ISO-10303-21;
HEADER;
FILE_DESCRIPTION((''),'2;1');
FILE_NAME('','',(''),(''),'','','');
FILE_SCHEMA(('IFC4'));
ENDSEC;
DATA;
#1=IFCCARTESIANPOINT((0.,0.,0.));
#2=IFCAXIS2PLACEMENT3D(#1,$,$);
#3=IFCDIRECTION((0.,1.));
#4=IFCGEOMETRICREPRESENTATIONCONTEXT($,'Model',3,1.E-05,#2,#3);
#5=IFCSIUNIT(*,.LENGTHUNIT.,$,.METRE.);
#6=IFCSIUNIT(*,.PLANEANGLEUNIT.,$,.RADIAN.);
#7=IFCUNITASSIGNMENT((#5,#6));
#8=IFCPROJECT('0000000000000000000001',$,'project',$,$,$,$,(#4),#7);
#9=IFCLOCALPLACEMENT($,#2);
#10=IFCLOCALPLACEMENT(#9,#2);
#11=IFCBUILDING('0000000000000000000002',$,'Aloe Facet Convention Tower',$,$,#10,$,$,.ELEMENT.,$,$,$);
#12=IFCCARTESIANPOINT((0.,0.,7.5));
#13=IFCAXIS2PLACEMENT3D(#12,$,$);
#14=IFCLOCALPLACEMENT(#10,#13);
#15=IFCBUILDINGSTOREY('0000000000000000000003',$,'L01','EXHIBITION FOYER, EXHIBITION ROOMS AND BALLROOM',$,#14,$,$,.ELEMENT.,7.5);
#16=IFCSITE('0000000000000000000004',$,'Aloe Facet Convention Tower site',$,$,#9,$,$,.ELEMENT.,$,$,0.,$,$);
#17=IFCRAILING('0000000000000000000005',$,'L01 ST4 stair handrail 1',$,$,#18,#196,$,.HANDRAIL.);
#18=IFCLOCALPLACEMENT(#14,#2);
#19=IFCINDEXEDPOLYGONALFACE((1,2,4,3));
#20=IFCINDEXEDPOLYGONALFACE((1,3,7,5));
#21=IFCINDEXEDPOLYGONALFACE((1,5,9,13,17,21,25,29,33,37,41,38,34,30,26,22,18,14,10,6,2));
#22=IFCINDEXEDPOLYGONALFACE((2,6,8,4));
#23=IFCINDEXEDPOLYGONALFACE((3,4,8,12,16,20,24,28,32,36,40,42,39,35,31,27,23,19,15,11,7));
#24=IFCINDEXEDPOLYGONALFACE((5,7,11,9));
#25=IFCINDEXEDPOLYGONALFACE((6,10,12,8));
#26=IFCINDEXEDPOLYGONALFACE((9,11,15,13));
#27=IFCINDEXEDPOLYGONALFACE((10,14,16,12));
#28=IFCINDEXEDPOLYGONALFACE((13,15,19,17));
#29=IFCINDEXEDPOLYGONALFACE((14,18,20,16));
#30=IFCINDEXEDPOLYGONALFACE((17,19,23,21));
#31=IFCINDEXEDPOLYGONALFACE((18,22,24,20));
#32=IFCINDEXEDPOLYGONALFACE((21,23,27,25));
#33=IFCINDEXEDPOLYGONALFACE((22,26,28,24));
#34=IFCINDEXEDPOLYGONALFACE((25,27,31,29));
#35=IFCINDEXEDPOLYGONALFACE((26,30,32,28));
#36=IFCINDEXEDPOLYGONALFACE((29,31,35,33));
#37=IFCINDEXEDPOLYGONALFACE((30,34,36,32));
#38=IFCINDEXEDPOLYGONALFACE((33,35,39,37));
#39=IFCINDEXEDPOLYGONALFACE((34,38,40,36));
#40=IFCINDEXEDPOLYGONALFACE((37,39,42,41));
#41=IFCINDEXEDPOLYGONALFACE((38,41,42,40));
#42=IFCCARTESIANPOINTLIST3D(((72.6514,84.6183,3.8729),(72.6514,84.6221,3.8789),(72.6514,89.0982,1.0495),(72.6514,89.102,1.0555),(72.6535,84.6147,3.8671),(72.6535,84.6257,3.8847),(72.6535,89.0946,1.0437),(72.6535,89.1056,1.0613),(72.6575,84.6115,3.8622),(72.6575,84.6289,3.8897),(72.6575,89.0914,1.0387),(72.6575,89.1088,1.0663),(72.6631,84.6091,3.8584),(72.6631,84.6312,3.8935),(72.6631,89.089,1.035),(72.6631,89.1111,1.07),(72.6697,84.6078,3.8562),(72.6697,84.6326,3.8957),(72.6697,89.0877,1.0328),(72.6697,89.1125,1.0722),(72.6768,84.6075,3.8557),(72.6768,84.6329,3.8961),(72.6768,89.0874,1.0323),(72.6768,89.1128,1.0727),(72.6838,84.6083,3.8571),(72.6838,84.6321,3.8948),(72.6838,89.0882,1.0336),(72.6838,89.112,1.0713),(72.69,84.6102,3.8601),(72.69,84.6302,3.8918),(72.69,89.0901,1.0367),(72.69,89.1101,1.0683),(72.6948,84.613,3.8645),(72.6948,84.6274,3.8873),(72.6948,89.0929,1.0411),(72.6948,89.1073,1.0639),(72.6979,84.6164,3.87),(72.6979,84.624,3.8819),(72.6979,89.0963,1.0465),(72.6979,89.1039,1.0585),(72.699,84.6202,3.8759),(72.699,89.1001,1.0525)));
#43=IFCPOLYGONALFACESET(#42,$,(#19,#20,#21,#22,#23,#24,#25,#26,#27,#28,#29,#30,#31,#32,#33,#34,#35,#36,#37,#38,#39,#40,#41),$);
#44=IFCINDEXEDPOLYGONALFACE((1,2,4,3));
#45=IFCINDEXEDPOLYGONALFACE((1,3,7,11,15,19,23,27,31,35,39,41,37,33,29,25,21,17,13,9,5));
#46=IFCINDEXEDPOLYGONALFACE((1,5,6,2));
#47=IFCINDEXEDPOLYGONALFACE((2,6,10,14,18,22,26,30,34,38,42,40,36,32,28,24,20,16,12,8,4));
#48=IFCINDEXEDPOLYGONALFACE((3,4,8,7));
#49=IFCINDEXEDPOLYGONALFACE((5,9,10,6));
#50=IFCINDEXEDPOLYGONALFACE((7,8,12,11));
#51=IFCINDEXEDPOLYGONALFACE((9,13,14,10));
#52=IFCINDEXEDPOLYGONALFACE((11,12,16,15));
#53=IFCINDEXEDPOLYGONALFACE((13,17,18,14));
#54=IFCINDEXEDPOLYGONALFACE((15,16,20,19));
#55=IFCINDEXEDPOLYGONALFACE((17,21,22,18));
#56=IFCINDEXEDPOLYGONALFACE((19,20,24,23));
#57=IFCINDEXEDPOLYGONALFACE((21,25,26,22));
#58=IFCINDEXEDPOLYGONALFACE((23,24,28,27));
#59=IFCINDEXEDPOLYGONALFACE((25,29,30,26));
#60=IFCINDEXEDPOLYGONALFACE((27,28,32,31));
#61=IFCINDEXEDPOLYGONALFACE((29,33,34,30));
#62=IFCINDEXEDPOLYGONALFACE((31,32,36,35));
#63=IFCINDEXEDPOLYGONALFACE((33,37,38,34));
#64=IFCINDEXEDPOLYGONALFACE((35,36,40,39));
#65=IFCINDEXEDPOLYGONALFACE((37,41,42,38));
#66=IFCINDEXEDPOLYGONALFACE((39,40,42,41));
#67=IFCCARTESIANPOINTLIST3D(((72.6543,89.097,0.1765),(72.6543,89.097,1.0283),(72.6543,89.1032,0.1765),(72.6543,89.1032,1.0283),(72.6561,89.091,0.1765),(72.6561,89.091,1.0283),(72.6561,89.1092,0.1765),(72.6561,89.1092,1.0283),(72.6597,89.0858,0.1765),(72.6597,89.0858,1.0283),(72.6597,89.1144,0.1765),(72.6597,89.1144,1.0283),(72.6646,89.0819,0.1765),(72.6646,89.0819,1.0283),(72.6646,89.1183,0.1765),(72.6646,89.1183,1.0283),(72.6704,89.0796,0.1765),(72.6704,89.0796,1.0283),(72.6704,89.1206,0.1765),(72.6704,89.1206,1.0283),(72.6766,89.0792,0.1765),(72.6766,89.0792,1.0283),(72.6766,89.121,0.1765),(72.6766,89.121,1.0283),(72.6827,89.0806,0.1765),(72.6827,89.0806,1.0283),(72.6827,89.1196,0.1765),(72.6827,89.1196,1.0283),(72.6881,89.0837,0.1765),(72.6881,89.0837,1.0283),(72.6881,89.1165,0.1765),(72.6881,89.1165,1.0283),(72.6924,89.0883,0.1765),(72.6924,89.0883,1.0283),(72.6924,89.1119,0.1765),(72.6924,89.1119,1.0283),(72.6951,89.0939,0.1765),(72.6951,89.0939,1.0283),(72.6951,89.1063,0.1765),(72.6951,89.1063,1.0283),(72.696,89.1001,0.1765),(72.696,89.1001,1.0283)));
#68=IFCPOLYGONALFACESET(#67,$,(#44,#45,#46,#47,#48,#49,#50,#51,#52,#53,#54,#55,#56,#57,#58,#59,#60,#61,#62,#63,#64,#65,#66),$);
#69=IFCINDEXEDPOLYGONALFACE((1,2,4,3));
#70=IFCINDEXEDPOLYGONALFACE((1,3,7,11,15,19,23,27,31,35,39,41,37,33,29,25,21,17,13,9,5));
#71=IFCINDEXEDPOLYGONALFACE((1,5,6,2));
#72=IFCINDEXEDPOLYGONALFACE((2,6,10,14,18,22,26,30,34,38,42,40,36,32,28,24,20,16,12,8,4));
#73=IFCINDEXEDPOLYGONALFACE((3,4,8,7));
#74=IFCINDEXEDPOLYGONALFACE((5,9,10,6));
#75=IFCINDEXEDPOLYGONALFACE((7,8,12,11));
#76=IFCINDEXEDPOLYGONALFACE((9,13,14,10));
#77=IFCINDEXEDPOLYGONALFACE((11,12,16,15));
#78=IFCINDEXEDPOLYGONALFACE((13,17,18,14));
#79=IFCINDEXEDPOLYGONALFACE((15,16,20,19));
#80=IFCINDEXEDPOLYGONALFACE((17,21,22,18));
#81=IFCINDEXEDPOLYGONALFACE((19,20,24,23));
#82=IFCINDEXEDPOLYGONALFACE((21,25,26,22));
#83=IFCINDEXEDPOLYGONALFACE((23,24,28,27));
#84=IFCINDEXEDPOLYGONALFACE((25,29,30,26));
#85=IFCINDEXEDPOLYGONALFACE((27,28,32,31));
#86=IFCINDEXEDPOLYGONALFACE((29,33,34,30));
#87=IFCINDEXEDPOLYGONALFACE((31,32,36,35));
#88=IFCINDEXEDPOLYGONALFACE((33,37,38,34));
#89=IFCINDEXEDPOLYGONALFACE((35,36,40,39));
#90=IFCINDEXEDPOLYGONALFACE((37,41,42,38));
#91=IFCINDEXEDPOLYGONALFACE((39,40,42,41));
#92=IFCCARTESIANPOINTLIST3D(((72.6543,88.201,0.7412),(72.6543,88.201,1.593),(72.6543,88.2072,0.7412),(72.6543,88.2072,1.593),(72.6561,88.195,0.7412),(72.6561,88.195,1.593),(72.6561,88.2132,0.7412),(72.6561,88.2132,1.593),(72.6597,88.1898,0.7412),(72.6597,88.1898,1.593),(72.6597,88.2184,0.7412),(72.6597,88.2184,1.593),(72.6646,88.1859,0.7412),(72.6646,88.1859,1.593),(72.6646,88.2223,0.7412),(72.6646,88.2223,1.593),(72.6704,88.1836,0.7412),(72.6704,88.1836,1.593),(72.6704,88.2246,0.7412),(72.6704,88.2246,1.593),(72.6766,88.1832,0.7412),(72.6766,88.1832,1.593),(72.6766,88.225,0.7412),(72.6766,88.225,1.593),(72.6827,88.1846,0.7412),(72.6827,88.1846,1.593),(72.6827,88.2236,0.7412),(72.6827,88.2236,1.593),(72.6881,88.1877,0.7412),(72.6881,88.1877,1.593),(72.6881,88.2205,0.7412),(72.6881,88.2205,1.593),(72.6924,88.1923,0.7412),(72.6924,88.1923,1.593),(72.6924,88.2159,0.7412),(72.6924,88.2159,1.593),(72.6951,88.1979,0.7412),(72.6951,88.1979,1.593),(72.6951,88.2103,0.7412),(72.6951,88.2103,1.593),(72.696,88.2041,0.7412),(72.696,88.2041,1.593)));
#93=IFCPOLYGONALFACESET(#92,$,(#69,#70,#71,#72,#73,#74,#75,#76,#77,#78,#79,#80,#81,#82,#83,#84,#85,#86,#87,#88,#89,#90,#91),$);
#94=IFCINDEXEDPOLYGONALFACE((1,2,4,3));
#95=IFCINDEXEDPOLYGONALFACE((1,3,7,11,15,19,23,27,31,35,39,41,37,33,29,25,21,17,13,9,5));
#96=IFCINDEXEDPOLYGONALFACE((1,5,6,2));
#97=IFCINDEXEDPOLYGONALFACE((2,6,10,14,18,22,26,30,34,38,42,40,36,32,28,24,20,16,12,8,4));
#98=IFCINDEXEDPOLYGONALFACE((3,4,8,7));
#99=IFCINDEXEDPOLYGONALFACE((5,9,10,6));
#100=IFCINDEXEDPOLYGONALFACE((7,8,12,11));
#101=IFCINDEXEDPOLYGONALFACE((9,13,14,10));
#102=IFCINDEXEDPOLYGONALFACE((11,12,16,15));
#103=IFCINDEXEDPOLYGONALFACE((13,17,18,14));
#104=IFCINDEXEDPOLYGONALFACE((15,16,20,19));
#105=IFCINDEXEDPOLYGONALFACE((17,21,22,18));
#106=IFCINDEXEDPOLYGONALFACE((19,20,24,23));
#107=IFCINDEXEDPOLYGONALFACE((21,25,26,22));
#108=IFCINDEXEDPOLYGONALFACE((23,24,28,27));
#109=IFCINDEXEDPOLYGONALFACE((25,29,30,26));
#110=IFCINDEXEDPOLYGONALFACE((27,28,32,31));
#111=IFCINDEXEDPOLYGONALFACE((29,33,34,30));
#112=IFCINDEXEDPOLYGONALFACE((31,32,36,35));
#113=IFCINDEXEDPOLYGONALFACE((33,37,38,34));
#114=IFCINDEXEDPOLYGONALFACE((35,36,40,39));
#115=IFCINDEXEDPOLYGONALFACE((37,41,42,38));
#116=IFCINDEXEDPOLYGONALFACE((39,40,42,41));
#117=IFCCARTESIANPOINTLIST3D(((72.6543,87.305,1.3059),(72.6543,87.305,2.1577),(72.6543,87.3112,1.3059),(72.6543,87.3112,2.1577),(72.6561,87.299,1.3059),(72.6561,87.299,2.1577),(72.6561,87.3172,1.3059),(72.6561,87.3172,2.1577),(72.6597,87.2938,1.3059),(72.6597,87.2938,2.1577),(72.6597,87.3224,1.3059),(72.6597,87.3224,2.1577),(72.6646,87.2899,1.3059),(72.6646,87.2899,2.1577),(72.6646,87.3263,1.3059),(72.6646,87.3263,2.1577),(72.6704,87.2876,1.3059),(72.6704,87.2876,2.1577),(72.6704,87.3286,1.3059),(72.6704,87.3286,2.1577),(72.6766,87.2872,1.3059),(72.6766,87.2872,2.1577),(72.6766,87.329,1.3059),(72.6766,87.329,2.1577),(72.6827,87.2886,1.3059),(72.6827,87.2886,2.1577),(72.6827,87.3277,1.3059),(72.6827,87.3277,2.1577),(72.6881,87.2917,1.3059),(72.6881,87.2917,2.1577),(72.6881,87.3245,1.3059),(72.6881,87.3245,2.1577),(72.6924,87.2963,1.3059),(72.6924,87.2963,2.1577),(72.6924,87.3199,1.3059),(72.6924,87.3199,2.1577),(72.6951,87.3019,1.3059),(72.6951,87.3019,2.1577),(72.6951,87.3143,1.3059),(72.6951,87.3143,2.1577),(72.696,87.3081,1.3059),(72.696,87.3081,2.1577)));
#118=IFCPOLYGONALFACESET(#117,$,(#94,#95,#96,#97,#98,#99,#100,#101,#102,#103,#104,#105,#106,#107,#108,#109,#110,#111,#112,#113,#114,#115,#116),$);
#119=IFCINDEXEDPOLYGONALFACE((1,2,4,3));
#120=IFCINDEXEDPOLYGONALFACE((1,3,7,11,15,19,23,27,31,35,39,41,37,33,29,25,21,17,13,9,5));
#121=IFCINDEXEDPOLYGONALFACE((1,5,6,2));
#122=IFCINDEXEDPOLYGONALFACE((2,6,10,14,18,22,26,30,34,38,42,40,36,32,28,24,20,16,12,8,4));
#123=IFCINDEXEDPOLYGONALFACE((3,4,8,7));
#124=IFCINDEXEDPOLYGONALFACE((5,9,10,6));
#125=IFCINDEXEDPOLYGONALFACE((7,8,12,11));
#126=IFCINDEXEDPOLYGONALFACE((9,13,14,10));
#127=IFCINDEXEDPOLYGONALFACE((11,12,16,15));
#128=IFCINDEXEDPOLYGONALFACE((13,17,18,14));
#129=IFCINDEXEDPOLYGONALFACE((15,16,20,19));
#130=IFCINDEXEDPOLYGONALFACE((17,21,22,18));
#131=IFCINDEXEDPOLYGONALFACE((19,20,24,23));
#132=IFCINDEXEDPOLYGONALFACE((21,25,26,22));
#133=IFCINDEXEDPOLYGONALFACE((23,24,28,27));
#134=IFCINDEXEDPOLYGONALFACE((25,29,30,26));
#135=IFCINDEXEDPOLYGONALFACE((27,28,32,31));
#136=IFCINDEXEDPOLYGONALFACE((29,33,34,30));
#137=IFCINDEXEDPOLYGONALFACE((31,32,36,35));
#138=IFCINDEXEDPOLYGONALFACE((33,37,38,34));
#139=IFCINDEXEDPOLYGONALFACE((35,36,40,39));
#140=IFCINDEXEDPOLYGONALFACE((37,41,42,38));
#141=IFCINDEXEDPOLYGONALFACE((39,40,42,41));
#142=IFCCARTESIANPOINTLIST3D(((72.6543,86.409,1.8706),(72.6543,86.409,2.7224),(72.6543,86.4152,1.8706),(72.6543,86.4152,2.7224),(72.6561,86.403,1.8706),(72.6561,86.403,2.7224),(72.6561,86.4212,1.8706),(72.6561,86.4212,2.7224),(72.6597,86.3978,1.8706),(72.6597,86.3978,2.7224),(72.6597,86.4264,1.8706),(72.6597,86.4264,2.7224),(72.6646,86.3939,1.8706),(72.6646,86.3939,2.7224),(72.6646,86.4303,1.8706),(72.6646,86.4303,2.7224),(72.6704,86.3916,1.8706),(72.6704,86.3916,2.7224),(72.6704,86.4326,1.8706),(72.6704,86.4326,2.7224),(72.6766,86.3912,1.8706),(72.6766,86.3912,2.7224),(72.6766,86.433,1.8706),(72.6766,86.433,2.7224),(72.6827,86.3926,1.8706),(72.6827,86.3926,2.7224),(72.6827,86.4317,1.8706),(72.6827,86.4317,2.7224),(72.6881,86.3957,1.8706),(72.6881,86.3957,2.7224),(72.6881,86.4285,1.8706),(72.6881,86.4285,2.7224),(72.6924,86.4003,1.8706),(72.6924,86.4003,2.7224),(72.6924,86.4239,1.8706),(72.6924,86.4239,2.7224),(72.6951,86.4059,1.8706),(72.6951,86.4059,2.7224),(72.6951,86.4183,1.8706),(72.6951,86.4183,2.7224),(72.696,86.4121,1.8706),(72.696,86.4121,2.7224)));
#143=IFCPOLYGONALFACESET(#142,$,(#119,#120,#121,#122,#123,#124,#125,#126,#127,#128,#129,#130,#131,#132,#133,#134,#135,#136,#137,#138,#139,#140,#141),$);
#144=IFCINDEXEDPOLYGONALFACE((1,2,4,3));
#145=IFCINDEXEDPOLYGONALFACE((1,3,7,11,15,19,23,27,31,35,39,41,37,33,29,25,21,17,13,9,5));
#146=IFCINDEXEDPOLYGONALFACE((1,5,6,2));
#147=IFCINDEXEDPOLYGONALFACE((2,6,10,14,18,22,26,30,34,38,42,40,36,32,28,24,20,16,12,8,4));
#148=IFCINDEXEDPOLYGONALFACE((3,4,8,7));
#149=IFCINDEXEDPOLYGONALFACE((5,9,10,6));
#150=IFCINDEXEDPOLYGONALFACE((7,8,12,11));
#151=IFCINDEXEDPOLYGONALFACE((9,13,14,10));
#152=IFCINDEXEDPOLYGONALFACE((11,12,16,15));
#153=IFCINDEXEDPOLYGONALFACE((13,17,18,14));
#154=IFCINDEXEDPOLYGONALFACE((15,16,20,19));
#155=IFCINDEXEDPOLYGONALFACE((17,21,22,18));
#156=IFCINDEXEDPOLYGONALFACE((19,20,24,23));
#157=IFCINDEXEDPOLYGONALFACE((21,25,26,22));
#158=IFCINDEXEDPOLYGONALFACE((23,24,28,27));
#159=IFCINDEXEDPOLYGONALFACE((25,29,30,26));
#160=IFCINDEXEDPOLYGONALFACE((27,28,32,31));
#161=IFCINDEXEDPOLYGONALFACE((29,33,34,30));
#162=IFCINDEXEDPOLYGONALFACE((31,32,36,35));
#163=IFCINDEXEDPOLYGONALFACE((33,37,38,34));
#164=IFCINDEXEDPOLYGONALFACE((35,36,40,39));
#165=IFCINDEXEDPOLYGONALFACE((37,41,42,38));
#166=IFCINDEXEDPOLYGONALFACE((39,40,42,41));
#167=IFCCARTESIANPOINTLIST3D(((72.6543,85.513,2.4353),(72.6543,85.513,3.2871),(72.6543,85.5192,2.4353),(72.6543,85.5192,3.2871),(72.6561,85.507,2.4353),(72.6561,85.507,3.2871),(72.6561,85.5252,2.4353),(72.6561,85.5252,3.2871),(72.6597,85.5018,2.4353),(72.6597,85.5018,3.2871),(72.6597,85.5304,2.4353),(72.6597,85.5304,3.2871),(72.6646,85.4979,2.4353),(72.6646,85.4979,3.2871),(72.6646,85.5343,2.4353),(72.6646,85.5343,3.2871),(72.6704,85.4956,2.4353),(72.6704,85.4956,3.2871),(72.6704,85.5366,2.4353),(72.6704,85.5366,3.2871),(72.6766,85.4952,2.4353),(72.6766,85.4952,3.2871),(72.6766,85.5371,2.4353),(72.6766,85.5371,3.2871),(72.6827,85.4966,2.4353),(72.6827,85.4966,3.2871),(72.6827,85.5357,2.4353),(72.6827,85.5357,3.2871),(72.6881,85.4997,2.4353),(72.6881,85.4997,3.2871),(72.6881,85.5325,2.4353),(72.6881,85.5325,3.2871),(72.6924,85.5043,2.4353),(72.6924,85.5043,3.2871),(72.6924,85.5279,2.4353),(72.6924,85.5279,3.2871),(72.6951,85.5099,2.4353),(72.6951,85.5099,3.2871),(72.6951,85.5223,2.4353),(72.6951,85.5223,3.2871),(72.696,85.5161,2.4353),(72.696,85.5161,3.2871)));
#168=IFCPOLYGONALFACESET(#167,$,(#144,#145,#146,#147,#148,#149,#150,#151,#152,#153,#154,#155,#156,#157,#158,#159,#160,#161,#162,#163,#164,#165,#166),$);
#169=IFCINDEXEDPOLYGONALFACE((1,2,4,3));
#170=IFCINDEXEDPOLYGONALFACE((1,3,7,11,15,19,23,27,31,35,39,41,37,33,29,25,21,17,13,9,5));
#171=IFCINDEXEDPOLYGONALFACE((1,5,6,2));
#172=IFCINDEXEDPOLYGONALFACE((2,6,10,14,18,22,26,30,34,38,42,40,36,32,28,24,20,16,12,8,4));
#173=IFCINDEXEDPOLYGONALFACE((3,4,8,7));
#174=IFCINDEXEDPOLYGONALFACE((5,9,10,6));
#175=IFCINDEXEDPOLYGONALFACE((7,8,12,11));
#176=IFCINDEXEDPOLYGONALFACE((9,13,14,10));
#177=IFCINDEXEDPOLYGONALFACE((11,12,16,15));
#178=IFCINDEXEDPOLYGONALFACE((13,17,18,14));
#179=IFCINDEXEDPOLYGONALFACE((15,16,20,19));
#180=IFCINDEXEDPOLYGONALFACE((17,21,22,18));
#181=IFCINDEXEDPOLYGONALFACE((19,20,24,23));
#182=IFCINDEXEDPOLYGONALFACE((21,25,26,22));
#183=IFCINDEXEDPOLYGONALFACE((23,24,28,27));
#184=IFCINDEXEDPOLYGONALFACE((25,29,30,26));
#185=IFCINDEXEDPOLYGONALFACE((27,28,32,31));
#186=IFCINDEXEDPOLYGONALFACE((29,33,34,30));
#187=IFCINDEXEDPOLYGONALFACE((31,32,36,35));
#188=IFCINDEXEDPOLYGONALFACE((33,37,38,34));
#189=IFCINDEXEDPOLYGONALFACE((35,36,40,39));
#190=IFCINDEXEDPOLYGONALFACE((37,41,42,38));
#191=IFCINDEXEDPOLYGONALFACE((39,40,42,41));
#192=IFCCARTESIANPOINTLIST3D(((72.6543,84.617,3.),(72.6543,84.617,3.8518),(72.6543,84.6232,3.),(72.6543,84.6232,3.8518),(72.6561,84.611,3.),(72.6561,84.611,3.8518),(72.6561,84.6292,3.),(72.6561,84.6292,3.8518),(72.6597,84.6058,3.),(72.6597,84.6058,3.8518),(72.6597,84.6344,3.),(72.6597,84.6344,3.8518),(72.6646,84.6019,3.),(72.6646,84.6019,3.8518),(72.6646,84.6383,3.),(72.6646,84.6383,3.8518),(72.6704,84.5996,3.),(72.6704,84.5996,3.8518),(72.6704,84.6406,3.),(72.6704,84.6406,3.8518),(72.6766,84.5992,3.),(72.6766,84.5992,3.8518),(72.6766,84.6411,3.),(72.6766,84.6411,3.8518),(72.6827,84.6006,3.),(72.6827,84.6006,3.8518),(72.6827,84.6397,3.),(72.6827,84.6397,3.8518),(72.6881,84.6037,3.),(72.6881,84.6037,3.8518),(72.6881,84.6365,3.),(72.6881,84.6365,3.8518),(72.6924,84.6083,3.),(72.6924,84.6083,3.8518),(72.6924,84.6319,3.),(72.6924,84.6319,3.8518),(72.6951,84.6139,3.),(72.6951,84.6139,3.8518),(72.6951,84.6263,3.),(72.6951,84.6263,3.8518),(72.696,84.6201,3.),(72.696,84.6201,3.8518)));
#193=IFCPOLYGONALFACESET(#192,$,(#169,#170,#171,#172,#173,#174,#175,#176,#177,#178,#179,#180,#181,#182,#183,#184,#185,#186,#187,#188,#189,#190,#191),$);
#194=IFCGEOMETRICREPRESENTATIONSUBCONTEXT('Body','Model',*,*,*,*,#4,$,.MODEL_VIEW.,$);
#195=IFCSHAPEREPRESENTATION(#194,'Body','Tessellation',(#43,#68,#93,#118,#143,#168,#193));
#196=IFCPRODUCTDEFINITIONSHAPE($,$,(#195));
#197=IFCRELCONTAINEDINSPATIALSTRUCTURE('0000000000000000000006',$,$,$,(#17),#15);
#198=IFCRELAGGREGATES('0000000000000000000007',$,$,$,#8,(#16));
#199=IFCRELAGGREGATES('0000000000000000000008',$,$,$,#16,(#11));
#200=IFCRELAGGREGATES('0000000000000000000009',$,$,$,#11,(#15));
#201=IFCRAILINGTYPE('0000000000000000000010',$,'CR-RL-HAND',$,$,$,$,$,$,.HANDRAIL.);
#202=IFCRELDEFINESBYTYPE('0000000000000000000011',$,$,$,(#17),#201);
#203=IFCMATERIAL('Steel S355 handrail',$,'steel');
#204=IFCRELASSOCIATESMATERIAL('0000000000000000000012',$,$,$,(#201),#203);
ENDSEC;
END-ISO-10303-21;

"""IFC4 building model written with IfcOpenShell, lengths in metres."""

from ifc_helpers import new_model, si_unit, direction, frame, origin, origin_2d, place, context, subcontext, project, spatial, circle, extrude, material, type_object, element, save


model = new_model("IFC4")

# Units and contexts
model_context = context("Model", 3, precision=1e-05, world=origin(), true_north=direction((0.0, 1.0)))
body_context = subcontext(model_context, "Body", "Model", "MODEL_VIEW")
ifc_project = project(units=[si_unit("LENGTHUNIT", "METRE"), si_unit("PLANEANGLEUNIT", "RADIAN")], contexts=[model_context])

# Site, building, storey
site_placement = place(None, origin())
site = spatial("IfcSite", under=ifc_project, at=site_placement, Name="Aloe Facet Convention Tower site", CompositionType="ELEMENT", RefElevation=0.0)
building_placement = place(site_placement, origin())
building = spatial("IfcBuilding", under=site, at=building_placement, Name="Aloe Facet Convention Tower", CompositionType="ELEMENT")
storey_placement = place(building_placement, frame((0.0, 0.0, 7.5)))
storey = spatial("IfcBuildingStorey", under=building, at=storey_placement, Name="L01", Description="EXHIBITION FOYER, EXHIBITION ROOMS AND BALLROOM", CompositionType="ELEMENT", Elevation=7.5)

# Railing
ifc_material_1 = material(Name="Steel S355 handrail", Category="steel")
railing_type_1 = type_object("IfcRailingType", Name="CR-RL-HAND", PredefinedType="HANDRAIL", material=ifc_material_1)
railing_1_placement = place(storey_placement, frame((72.675, 89.1001, 0.1765)))
element("IfcRailing", 1, at=railing_1_placement, inside=storey, type_object=railing_type_1, Name="L01 ST4 stair handrail 1", PredefinedType="HANDRAIL", context=body_context, shape_type="SweptSolid", body=[
    extrude(circle(Radius=0.0239, at=origin_2d()), frame((0.0, 0.0, 0.876), z_axis=(0.0, -0.845998, 0.533186), x_axis=(1.0, 0.0, 0.0)), (0.0, 0.0, 1.0), 5.2954),
    extrude(circle(Radius=0.021, at=origin_2d()), origin(), (0.0, 0.0, 1.0), 0.8518),
    extrude(circle(Radius=0.021, at=origin_2d()), frame((0.0, -0.896, 0.5647)), (0.0, 0.0, 1.0), 0.8518),
    extrude(circle(Radius=0.021, at=origin_2d()), frame((0.0, -1.792, 1.1294)), (0.0, 0.0, 1.0), 0.8518),
    extrude(circle(Radius=0.021, at=origin_2d()), frame((0.0, -2.688, 1.6941)), (0.0, 0.0, 1.0), 0.8518),
    extrude(circle(Radius=0.021, at=origin_2d()), frame((0.0, -3.584, 2.2588)), (0.0, 0.0, 1.0), 0.8518),
    extrude(circle(Radius=0.021, at=origin_2d()), frame((0.0, -4.48, 2.8235)), (0.0, 0.0, 1.0), 0.8518),
])

save(model, "model.ifc")
